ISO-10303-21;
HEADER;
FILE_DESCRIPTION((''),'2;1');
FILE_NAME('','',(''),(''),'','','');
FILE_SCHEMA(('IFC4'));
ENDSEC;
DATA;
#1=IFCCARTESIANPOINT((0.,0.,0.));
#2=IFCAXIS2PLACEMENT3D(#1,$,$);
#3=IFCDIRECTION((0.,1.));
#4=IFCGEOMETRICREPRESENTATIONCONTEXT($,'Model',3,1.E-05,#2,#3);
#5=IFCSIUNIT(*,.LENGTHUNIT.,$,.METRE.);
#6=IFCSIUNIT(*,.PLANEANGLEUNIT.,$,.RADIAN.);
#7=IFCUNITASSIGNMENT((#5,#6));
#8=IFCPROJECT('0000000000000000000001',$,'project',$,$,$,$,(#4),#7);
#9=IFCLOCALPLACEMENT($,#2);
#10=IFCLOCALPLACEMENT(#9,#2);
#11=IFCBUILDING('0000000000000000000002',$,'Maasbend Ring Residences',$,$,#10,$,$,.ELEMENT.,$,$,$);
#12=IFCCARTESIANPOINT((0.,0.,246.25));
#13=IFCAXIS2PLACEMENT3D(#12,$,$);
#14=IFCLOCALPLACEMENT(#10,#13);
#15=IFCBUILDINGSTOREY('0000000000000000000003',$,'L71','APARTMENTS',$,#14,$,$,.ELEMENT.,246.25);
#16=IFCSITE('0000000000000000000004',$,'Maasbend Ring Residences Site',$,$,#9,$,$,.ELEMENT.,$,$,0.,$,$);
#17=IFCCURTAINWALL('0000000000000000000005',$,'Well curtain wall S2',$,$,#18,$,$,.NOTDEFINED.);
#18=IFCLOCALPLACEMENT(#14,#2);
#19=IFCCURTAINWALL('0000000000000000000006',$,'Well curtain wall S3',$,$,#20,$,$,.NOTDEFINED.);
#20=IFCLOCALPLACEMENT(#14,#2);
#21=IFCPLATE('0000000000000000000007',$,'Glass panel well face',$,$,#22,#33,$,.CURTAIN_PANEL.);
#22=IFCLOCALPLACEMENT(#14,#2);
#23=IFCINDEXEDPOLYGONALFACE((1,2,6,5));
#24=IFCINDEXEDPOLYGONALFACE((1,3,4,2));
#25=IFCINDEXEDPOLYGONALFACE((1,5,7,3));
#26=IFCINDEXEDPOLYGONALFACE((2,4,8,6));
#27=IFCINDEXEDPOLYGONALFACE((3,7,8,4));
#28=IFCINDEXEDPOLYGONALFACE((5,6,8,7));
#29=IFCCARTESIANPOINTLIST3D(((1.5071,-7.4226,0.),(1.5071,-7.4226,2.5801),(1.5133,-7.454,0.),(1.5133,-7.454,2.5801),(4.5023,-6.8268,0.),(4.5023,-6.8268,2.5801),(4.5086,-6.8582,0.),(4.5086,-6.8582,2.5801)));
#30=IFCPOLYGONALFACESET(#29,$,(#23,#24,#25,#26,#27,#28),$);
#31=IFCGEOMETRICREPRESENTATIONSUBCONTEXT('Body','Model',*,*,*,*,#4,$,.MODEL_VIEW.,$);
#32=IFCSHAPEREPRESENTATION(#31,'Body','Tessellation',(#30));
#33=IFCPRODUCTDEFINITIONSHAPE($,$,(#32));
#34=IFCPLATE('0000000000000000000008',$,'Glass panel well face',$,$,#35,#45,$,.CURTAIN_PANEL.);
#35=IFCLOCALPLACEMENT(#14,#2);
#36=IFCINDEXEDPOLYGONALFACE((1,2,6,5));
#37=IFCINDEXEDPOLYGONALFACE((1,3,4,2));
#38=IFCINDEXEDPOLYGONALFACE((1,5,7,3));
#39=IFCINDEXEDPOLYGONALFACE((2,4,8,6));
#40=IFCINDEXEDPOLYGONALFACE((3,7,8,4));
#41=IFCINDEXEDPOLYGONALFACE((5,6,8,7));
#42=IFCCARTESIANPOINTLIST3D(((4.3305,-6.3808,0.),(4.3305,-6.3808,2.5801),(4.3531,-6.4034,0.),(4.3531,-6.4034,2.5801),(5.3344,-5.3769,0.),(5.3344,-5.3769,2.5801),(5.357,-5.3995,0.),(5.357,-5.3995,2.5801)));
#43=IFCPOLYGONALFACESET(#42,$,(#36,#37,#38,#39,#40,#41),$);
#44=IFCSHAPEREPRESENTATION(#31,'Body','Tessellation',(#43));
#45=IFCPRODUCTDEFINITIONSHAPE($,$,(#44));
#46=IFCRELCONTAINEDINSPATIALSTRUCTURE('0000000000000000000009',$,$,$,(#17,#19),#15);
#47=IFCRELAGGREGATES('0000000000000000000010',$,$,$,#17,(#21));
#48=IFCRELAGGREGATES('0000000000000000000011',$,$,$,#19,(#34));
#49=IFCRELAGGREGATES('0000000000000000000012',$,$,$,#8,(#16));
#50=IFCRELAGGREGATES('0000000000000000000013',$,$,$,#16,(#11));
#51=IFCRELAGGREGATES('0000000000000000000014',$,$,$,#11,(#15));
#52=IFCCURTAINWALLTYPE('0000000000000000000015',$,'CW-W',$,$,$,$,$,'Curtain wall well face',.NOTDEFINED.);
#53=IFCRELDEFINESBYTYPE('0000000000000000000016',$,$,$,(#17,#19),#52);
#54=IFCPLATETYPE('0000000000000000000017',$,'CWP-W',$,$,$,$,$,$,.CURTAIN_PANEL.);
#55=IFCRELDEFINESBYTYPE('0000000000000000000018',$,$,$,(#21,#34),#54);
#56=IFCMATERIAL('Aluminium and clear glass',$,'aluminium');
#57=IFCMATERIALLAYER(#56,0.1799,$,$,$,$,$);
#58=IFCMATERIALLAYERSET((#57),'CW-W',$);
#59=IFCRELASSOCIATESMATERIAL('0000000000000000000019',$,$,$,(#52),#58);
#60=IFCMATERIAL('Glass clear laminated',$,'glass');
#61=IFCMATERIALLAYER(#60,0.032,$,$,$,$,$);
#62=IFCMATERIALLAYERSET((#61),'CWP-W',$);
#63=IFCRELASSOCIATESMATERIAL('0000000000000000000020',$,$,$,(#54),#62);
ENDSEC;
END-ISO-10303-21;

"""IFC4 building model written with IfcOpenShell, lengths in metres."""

from ifc_helpers import new_model, si_unit, direction, frame, origin, origin_2d, place, context, subcontext, project, spatial, rectangle, extrude, material, layer, layer_set, type_object, element, aggregate, save


model = new_model("IFC4")

# Units and contexts
model_context = context("Model", 3, precision=1e-05, world=origin(), true_north=direction((0.0, 1.0)))
body_context = subcontext(model_context, "Body", "Model", "MODEL_VIEW")
ifc_project = project(units=[si_unit("LENGTHUNIT", "METRE"), si_unit("PLANEANGLEUNIT", "RADIAN")], contexts=[model_context])

# Site, building, storey
site_placement = place(None, origin())
site = spatial("IfcSite", under=ifc_project, at=site_placement, Name="Maasbend Ring Residences Site", CompositionType="ELEMENT", RefElevation=0.0)
building_placement = place(site_placement, origin())
building = spatial("IfcBuilding", under=site, at=building_placement, Name="Maasbend Ring Residences", CompositionType="ELEMENT")
storey_placement = place(building_placement, frame((0.0, 0.0, 246.25)))
storey = spatial("IfcBuildingStorey", under=building, at=storey_placement, Name="L71", Description="APARTMENTS", CompositionType="ELEMENT", Elevation=246.25)

# Curtain walls
ifc_material_1 = material(Name="Aluminium and clear glass", Category="aluminium")
ifc_layer_1 = layer(ifc_material_1, 0.1799)
ifc_layer_set_1 = layer_set([ifc_layer_1], Name="CW-W")
curtain_wall_type = type_object("IfcCurtainWallType", Name="CW-W", ElementType="Curtain wall well face", PredefinedType="NOTDEFINED", material=ifc_layer_set_1)
curtain_wall_1_placement = place(storey_placement, origin())
curtain_wall_1 = element("IfcCurtainWall", 1, at=curtain_wall_1_placement, inside=storey, type_object=curtain_wall_type, Name="Well curtain wall S2", PredefinedType="NOTDEFINED")
curtain_wall_2_placement = place(storey_placement, origin())
curtain_wall_2 = element("IfcCurtainWall", 2, at=curtain_wall_2_placement, inside=storey, type_object=curtain_wall_type, Name="Well curtain wall S3", PredefinedType="NOTDEFINED")

# Plates
ifc_material_2 = material(Name="Glass clear laminated", Category="glass")
ifc_layer_2 = layer(ifc_material_2, 0.032)
ifc_layer_set_2 = layer_set([ifc_layer_2], Name="CWP-W")
plate_type = type_object("IfcPlateType", Name="CWP-W", PredefinedType="CURTAIN_PANEL", material=ifc_layer_set_2)
plate_1_placement = place(storey_placement, frame((3.0078, -7.1404, 0.0), z_axis=(0.0, 0.0, 1.0), x_axis=(0.980785, 0.19509, 0.0)))
plate_1 = element("IfcPlate", 3, at=plate_1_placement, type_object=plate_type, Name="Glass panel well face", PredefinedType="CURTAIN_PANEL", context=body_context, shape_type="SweptSolid", body=[
    extrude(rectangle(XDim=3.054, YDim=0.032, at=origin_2d()), origin(), (0.0, 0.0, 1.0), 2.5801),
])
aggregate(curtain_wall_1, [plate_1])
plate_2_placement = place(storey_placement, frame((4.8438, -5.8901, 0.0), z_axis=(0.0, 0.0, 1.0), x_axis=(0.707107, 0.707107, 0.0)))
plate_2 = element("IfcPlate", 4, at=plate_2_placement, type_object=plate_type, Name="Glass panel well face", PredefinedType="CURTAIN_PANEL", context=body_context, shape_type="SweptSolid", body=[
    extrude(rectangle(XDim=1.4197, YDim=0.032, at=origin_2d()), origin(), (0.0, 0.0, 1.0), 2.5801),
])
aggregate(curtain_wall_2, [plate_2])

save(model, "model.ifc")
